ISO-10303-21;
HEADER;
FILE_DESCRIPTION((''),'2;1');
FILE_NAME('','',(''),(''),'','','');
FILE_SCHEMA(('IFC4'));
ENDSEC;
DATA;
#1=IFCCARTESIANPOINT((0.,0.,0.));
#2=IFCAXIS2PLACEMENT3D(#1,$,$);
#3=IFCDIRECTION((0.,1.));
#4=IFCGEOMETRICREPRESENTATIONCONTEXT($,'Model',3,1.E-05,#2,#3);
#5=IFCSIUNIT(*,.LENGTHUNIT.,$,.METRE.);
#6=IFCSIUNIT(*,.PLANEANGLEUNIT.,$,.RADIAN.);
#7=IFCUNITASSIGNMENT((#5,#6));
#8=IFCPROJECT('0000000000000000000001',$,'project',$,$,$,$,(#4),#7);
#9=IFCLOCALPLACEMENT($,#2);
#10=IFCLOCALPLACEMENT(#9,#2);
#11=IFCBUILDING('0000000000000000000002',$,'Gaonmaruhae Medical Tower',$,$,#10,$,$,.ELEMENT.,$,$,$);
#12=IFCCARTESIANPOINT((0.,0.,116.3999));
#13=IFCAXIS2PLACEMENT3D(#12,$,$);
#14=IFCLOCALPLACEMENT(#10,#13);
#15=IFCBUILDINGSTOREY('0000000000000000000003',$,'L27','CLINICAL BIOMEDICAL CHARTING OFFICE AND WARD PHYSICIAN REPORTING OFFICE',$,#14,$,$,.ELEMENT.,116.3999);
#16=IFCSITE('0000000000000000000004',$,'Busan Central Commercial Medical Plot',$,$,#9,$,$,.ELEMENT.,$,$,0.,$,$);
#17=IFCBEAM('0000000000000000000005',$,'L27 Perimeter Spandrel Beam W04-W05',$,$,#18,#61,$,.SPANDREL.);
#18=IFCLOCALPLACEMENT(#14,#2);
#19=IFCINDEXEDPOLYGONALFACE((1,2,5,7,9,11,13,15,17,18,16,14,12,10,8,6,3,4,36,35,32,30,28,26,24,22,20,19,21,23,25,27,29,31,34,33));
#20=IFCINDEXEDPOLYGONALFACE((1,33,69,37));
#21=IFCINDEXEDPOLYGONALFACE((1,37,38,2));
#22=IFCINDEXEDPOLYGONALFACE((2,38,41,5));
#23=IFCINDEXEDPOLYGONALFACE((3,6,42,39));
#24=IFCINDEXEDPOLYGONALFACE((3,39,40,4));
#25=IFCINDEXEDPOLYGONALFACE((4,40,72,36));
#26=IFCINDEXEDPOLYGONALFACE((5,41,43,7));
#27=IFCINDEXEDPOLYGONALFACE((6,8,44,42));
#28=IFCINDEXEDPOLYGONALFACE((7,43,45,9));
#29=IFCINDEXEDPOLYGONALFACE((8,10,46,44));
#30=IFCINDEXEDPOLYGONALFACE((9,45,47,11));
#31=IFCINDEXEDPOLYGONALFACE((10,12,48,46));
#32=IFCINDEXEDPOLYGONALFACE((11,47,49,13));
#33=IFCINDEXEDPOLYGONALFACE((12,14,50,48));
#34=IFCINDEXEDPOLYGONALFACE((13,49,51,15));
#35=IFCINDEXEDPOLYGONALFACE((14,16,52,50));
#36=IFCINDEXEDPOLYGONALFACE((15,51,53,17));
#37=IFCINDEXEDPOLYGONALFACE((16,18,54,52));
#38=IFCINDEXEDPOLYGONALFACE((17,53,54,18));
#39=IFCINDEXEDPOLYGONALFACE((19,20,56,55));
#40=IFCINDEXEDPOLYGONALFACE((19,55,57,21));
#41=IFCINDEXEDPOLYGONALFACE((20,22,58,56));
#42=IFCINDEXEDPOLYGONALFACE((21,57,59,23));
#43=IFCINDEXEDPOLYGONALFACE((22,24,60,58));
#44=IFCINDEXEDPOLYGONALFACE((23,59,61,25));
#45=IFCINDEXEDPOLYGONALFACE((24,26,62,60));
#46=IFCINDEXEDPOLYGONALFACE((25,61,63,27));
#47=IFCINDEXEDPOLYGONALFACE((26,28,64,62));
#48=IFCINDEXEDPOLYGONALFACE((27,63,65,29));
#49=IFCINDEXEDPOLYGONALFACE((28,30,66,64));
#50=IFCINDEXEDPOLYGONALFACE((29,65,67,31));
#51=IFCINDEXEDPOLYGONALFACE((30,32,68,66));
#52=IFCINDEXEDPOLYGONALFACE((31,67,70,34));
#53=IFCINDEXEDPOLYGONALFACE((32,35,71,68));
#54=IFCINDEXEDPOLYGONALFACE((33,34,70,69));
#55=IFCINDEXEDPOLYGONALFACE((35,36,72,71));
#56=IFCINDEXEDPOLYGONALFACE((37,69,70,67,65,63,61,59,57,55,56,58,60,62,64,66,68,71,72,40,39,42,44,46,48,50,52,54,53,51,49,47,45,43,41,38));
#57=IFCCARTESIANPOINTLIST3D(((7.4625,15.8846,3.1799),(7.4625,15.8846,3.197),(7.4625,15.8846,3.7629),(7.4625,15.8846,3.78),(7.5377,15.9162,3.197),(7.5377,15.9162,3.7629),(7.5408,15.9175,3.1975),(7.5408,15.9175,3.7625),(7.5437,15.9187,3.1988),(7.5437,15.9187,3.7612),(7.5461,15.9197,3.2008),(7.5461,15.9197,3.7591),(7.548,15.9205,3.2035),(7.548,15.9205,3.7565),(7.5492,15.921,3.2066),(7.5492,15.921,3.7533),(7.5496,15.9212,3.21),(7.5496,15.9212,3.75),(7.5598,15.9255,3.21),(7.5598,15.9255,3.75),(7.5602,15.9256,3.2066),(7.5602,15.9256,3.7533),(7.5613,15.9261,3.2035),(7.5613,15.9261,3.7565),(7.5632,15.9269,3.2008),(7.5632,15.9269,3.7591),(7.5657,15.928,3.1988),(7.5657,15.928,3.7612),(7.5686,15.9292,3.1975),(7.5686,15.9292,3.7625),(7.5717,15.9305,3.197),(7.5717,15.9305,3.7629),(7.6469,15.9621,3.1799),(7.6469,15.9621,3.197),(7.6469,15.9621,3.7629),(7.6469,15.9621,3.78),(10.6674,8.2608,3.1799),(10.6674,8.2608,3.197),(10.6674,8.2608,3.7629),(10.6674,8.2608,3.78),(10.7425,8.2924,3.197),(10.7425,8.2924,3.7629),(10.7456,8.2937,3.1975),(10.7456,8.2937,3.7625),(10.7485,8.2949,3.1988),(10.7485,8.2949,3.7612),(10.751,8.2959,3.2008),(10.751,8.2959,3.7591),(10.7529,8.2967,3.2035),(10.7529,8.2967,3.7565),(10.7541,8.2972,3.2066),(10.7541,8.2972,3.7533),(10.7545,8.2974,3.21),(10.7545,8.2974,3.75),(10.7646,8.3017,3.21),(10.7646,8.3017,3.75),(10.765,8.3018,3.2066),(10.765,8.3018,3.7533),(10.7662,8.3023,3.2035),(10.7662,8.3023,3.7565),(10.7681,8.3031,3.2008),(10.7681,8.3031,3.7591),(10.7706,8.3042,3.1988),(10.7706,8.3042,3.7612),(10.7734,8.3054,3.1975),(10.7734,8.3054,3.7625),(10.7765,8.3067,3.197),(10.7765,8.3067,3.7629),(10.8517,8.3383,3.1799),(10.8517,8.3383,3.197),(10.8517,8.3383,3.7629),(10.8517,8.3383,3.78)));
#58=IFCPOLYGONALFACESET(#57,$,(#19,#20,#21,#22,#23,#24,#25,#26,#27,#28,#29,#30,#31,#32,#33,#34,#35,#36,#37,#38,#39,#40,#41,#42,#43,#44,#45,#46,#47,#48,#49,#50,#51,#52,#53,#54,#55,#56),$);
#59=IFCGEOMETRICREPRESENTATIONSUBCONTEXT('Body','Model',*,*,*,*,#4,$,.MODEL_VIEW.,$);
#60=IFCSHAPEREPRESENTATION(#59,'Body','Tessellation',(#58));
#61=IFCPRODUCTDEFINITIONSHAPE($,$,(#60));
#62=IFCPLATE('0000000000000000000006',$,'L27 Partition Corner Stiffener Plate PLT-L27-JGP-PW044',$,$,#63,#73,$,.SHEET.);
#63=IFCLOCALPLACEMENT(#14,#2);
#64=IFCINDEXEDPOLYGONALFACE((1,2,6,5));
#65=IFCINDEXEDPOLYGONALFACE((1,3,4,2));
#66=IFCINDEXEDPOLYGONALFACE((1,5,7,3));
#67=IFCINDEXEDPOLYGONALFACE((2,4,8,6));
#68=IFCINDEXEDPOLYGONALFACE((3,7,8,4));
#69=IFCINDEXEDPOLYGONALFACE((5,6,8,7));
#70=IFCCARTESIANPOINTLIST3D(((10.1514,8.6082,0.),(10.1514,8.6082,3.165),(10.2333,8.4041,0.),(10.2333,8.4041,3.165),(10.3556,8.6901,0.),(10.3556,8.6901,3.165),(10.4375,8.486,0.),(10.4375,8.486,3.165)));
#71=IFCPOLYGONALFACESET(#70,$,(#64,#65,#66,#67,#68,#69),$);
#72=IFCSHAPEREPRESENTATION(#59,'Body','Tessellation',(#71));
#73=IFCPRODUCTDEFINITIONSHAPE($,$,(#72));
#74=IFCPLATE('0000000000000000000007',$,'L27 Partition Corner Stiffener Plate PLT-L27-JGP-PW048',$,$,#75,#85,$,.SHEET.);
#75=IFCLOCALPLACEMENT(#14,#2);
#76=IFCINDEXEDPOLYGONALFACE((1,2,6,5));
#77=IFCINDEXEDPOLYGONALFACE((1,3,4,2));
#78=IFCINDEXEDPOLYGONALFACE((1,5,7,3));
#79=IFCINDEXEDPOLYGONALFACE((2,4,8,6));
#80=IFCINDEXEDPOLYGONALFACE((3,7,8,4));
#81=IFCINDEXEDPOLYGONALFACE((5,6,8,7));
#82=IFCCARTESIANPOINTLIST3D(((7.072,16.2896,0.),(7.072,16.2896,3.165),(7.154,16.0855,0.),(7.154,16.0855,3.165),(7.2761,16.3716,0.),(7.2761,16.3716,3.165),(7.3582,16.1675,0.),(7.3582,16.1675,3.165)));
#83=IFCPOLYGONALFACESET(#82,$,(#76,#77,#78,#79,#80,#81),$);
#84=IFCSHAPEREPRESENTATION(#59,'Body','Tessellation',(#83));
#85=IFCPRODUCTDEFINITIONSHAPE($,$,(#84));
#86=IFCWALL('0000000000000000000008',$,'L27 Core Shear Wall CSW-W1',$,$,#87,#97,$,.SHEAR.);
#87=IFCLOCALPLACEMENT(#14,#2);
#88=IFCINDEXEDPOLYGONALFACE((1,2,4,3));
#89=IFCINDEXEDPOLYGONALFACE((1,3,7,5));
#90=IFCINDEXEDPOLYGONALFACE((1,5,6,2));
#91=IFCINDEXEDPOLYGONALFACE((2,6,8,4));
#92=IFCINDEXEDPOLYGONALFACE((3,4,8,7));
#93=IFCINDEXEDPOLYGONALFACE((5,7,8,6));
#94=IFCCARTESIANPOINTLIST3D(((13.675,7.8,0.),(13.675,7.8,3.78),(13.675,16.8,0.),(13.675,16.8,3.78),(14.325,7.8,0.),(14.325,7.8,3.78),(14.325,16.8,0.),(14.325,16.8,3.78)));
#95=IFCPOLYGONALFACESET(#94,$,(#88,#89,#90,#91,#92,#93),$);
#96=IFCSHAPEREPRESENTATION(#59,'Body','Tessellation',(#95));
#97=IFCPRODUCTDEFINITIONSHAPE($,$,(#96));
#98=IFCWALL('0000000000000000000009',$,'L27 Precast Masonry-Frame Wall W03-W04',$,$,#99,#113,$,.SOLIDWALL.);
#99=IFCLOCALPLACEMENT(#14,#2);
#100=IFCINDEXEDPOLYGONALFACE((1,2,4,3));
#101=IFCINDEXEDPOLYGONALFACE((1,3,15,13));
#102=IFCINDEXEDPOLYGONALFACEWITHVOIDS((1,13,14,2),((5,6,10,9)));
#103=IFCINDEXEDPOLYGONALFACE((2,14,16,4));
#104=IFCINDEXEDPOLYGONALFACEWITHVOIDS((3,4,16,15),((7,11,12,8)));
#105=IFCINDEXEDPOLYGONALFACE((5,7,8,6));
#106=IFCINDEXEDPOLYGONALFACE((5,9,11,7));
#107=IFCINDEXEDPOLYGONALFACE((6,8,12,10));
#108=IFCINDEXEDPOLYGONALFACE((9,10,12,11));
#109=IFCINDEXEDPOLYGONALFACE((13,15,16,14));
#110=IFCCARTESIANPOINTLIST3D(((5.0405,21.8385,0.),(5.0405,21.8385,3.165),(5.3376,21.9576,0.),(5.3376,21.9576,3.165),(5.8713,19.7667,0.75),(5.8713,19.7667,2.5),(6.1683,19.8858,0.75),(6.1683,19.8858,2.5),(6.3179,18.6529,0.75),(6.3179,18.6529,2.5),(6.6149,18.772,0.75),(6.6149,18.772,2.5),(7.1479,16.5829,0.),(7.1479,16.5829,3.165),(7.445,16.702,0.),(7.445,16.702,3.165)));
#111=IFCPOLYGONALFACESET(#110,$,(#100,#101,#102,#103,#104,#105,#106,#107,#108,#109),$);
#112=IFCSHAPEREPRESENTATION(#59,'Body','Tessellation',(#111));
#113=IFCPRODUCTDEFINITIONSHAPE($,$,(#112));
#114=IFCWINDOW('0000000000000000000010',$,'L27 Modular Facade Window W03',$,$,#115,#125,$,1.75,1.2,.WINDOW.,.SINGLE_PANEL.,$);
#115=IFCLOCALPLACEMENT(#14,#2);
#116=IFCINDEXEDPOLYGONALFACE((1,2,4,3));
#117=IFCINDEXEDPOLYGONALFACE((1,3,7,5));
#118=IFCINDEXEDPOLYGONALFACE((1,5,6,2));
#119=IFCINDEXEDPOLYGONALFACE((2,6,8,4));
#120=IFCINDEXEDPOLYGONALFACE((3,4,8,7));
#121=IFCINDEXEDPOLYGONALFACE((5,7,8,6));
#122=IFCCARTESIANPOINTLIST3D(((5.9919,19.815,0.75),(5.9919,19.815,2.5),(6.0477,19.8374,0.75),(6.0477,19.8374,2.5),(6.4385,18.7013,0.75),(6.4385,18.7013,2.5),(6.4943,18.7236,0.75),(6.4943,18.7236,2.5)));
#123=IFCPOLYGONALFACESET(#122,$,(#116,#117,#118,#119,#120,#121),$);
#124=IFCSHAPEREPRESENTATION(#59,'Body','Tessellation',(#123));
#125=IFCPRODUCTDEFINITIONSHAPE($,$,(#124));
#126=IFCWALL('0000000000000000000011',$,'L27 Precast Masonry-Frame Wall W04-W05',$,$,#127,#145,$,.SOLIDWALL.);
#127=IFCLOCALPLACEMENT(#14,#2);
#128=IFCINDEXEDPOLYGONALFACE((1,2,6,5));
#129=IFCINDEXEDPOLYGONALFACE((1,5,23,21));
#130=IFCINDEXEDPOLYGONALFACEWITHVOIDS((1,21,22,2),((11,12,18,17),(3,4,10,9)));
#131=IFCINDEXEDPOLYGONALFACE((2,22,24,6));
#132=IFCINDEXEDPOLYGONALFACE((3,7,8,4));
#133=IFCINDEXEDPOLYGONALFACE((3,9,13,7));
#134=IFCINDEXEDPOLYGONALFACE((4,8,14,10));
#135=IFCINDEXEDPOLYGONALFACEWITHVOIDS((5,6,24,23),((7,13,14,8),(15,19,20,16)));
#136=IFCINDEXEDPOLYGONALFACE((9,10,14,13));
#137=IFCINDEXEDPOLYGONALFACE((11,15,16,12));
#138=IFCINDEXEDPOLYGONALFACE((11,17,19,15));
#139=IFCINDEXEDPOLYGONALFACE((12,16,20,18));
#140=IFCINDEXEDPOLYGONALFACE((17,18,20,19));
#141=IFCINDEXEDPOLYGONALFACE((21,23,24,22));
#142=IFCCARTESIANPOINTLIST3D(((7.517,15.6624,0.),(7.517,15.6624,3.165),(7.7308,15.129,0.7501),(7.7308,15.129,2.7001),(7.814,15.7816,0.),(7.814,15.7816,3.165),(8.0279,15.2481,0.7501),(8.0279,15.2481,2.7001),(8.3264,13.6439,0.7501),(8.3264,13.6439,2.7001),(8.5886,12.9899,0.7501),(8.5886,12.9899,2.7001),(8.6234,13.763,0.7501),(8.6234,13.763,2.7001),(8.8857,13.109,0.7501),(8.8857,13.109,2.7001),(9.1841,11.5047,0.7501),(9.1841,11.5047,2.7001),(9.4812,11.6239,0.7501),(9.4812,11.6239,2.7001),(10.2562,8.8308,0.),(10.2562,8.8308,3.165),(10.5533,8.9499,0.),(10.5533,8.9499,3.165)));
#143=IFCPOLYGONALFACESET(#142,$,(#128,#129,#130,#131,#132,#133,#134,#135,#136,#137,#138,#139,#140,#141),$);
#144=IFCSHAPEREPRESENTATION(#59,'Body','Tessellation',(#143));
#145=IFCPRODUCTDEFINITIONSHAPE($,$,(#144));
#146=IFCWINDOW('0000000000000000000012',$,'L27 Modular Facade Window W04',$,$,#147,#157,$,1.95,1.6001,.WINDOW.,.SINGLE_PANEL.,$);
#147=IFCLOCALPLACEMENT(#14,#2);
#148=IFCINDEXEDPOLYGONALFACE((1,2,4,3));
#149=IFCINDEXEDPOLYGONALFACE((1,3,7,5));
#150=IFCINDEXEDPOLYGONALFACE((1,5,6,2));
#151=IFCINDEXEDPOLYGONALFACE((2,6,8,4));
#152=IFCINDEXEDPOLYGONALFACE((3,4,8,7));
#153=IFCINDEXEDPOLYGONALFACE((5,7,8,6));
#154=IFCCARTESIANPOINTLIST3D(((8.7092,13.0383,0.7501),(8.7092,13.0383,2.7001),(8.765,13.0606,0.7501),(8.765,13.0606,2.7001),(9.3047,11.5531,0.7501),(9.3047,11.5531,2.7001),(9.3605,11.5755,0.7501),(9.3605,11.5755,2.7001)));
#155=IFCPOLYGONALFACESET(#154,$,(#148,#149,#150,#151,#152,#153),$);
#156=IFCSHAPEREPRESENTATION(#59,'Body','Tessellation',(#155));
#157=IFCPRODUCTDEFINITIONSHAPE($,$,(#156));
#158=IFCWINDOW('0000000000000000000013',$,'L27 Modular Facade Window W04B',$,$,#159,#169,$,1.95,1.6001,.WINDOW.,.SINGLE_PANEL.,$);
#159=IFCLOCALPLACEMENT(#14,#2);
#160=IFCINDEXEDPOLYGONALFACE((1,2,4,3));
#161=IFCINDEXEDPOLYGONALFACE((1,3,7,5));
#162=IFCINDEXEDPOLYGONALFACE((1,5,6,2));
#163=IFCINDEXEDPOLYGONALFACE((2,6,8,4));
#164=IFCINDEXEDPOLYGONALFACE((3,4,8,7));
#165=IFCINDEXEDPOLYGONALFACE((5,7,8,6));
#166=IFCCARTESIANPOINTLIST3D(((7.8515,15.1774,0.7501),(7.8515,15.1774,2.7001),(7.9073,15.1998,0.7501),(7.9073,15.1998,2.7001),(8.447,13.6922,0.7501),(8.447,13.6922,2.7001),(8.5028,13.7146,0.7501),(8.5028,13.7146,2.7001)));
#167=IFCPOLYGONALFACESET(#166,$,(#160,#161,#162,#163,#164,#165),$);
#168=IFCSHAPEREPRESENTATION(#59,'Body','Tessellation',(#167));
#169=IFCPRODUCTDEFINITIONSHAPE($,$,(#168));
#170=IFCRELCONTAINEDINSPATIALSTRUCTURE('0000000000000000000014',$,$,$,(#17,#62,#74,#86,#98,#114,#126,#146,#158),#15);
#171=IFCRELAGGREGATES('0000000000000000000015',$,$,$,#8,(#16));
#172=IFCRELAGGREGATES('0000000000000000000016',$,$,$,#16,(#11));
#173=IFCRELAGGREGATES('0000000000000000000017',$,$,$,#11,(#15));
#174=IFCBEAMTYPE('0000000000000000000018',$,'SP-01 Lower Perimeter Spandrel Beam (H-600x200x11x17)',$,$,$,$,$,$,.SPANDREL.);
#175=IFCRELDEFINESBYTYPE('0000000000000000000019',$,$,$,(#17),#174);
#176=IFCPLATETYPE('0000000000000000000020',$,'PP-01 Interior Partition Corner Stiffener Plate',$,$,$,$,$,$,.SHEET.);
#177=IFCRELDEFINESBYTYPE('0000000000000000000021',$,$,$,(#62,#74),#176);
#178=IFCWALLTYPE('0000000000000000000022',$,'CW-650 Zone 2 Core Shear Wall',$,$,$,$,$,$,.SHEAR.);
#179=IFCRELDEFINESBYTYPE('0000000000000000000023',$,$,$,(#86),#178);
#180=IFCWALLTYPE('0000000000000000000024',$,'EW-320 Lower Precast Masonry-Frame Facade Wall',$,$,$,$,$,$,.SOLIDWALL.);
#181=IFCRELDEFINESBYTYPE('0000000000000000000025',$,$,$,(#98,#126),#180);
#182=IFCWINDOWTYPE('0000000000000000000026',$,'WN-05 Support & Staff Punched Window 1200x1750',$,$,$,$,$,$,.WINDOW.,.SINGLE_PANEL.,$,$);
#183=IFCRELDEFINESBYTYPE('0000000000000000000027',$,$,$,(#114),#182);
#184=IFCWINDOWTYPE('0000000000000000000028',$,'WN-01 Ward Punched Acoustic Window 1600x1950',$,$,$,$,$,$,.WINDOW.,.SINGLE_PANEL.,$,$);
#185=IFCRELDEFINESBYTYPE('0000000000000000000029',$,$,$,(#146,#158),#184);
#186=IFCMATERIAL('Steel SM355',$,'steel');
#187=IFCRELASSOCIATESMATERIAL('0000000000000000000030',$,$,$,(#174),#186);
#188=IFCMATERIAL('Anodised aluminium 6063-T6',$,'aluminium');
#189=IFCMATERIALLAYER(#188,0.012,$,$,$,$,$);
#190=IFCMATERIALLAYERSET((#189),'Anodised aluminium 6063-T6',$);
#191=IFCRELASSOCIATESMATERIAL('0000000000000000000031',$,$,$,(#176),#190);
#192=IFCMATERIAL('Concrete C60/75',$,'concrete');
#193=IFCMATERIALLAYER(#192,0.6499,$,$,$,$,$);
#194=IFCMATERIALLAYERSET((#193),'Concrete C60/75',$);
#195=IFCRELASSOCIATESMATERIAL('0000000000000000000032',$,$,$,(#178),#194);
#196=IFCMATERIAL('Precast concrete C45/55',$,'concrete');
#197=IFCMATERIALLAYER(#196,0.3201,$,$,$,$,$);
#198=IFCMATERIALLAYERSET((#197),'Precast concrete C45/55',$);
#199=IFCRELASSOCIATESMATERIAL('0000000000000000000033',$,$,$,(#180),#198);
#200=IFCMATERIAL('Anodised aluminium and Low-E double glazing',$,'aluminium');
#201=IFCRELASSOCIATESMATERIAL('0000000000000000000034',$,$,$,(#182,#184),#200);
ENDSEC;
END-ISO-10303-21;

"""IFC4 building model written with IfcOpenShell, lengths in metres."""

from ifc_helpers import new_model, si_unit, direction, frame, frame_2d, origin, origin_2d, place, context, subcontext, project, spatial, rectangle, i_section, extrude, material, layer, layer_set, material_profile, profile_set, type_object, element, fill, save


model = new_model("IFC4")

# Units and contexts
model_context = context("Model", 3, precision=1e-05, world=origin(), true_north=direction((0.0, 1.0)))
body_context = subcontext(model_context, "Body", "Model", "MODEL_VIEW")
ifc_project = project(units=[si_unit("LENGTHUNIT", "METRE"), si_unit("PLANEANGLEUNIT", "RADIAN")], contexts=[model_context])

# Site, building, storey
site_placement = place(None, origin())
site = spatial("IfcSite", under=ifc_project, at=site_placement, Name="Busan Central Commercial Medical Plot", CompositionType="ELEMENT", RefElevation=0.0)
building_placement = place(site_placement, origin())
building = spatial("IfcBuilding", under=site, at=building_placement, Name="Gaonmaruhae Medical Tower", CompositionType="ELEMENT")
storey_placement = place(building_placement, frame((0.0, 0.0, 116.3999)))
storey = spatial("IfcBuildingStorey", under=building, at=storey_placement, Name="L27", Description="CLINICAL BIOMEDICAL CHARTING OFFICE AND WARD PHYSICIAN REPORTING OFFICE", CompositionType="ELEMENT", Elevation=116.3999)

# Shared definitions
ifc_material_1 = material(Name="Concrete C60/75", Category="concrete")

# Beam
ifc_material_2 = material(Name="Steel SM355", Category="steel")
ifc_material_profile_1 = material_profile(ifc_material_2, i_section(OverallWidth=0.2, OverallDepth=0.6001, WebThickness=0.011, FlangeThickness=0.0171, FilletRadius=0.0129, at=origin_2d()), Name="H-600x200x11x17")
ifc_profile_set_1 = profile_set([ifc_material_profile_1], Name="Steel SM355")
beam_type_1 = type_object("IfcBeamType", Name="SP-01 Lower Perimeter Spandrel Beam (H-600x200x11x17)", PredefinedType="SPANDREL", material=ifc_profile_set_1)
beam_1_placement = place(storey_placement, frame((7.5547, 15.9233, 3.48), z_axis=(0.387525, -0.921859, 0.0), x_axis=(0.921859, 0.387525, 0.0)))
element("IfcBeam", 1, at=beam_1_placement, inside=storey, type_object=beam_type_1, Name="L27 Perimeter Spandrel Beam W04-W05", PredefinedType="SPANDREL", context=body_context, shape_type="SweptSolid", body=[
    extrude(i_section(OverallWidth=0.2, OverallDepth=0.6001, WebThickness=0.011, FlangeThickness=0.0171, FilletRadius=0.0129, at=origin_2d()), origin(), (0.0, 0.0, 1.0), 8.27),
])

# Plates
ifc_material_3 = material(Name="Anodised aluminium 6063-T6", Category="aluminium")
ifc_layer_1 = layer(ifc_material_3, 0.012)
ifc_layer_set_1 = layer_set([ifc_layer_1], Name="Anodised aluminium 6063-T6")
plate_type = type_object("IfcPlateType", Name="PP-01 Interior Partition Corner Stiffener Plate", PredefinedType="SHEET", material=ifc_layer_set_1)
for number, where, z_axis, x_axis, name in (
    (2, (10.2944, 8.5471, 0.0), (0.0, 0.0, 1.0), (-0.372324, 0.928103, 0.0), "L27 Partition Corner Stiffener Plate PLT-L27-JGP-PW044"),
    (3, (7.2151, 16.2285, 0.0), (0.0, 0.0, 1.0), (-0.372858, 0.927888, 0.0), "L27 Partition Corner Stiffener Plate PLT-L27-JGP-PW048"),
):
    element("IfcPlate", number, at=place(storey_placement, frame(where, z_axis=z_axis, x_axis=x_axis)), inside=storey, type_object=plate_type, Name=name, PredefinedType="SHEET", context=body_context, shape_type="SweptSolid", body=[
        extrude(rectangle(XDim=0.22, YDim=0.22, at=origin_2d()), origin(), (0.0, 0.0, 1.0), 3.165),
    ])

# Wall
ifc_layer_2 = layer(ifc_material_1, 0.6499)
ifc_layer_set_2 = layer_set([ifc_layer_2], Name="Concrete C60/75")
wall_type_1 = type_object("IfcWallType", Name="CW-650 Zone 2 Core Shear Wall", PredefinedType="SHEAR", material=ifc_layer_set_2)
wall_1_placement = place(storey_placement, frame((14.0, 16.8, 0.0), z_axis=(0.0, 0.0, 1.0), x_axis=(0.0, -1.0, 0.0)))
element("IfcWall", 4, at=wall_1_placement, inside=storey, type_object=wall_type_1, Name="L27 Core Shear Wall CSW-W1", PredefinedType="SHEAR", context=body_context, shape_type="SweptSolid", body=[
    extrude(rectangle(XDim=9.0, YDim=0.6499, at=frame_2d((4.5, 0.0))), origin(), (0.0, 0.0, 1.0), 3.78),
])

# Wall, opening, window
ifc_material_4 = material(Name="Precast concrete C45/55", Category="concrete")
ifc_layer_3 = layer(ifc_material_4, 0.3201)
ifc_layer_set_3 = layer_set([ifc_layer_3], Name="Precast concrete C45/55")
wall_type_2 = type_object("IfcWallType", Name="EW-320 Lower Precast Masonry-Frame Facade Wall", PredefinedType="SOLIDWALL", material=ifc_layer_set_3)
wall_2_placement = place(storey_placement, frame((7.2964, 16.6426, 0.0), z_axis=(0.0, 0.0, 1.0), x_axis=(-0.372179, 0.928161, 0.0)))
wall_2 = element("IfcWall", 5, at=wall_2_placement, inside=storey, type_object=wall_type_2, Name="L27 Precast Masonry-Frame Wall W03-W04", PredefinedType="SOLIDWALL", context=body_context, shape_type="SweptSolid", body=[
    extrude(rectangle(XDim=5.6624, YDim=0.3201, at=frame_2d((2.8311, 0.0))), origin(), (0.0, 0.0, 1.0), 3.165),
])
opening_1_placement = place(wall_2_placement, frame((2.23, 0.0, 0.75)))
opening_1 = element("IfcOpeningElement", 6, at=opening_1_placement, cuts=wall_2, PredefinedType="OPENING", context=body_context, shape_type="SweptSolid", body=[
    extrude(rectangle(XDim=1.2, YDim=1.75, at=frame_2d((0.6001, 0.875))), frame((0.0, 0.1699, 0.0), z_axis=(0.0, -1.0, 0.0), x_axis=(1.0, 0.0, 0.0)), (0.0, 0.0, 1.0), 0.3401),
])
ifc_material_5 = material(Name="Anodised aluminium and Low-E double glazing", Category="aluminium")
window_type_1 = type_object("IfcWindowType", Name="WN-05 Support & Staff Punched Window 1200x1750", PartitioningType="SINGLE_PANEL", PredefinedType="WINDOW", material=ifc_material_5)
window_1_placement = place(opening_1_placement, origin())
window_1 = element("IfcWindow", 7, at=window_1_placement, inside=storey, type_object=window_type_1, Name="L27 Modular Facade Window W03", OverallHeight=1.75, OverallWidth=1.2, PartitioningType="SINGLE_PANEL", PredefinedType="WINDOW", context=body_context, shape_type="SweptSolid", body=[
    extrude(rectangle(XDim=1.2, YDim=1.75, at=frame_2d((0.6001, 0.875))), frame((0.0, 0.03, 0.0), z_axis=(0.0, -1.0, 0.0), x_axis=(1.0, 0.0, 0.0)), (0.0, 0.0, 1.0), 0.0601),
])
fill(opening_1, window_1)

# Wall, openings, windows
wall_3_placement = place(storey_placement, frame((10.4048, 8.8904, 0.0), z_axis=(0.0, 0.0, 1.0), x_axis=(-0.372168, 0.928165, 0.0)))
wall_3 = element("IfcWall", 8, at=wall_3_placement, inside=storey, type_object=wall_type_2, Name="L27 Precast Masonry-Frame Wall W04-W05", PredefinedType="SOLIDWALL", context=body_context, shape_type="SweptSolid", body=[
    extrude(rectangle(XDim=7.3604, YDim=0.3201, at=frame_2d((3.6802, 0.0))), origin(), (0.0, 0.0, 1.0), 3.165),
])
opening_2_placement = place(wall_3_placement, frame((2.8809, 0.0, 0.75)))
opening_2 = element("IfcOpeningElement", 9, at=opening_2_placement, cuts=wall_3, PredefinedType="OPENING", context=body_context, shape_type="SweptSolid", body=[
    extrude(rectangle(XDim=1.6001, YDim=1.95, at=frame_2d((0.8, 0.9751))), frame((0.0, 0.1699, 0.0), z_axis=(0.0, -1.0, 0.0), x_axis=(1.0, 0.0, 0.0)), (0.0, 0.0, 1.0), 0.3401),
])
opening_3_placement = place(wall_3_placement, frame((5.1855, 0.0, 0.75)))
opening_3 = element("IfcOpeningElement", 10, at=opening_3_placement, cuts=wall_3, PredefinedType="OPENING", context=body_context, shape_type="SweptSolid", body=[
    extrude(rectangle(XDim=1.6001, YDim=1.95, at=frame_2d((0.8, 0.9751))), frame((0.0, 0.1699, 0.0), z_axis=(0.0, -1.0, 0.0), x_axis=(1.0, 0.0, 0.0)), (0.0, 0.0, 1.0), 0.3401),
])
window_type_2 = type_object("IfcWindowType", Name="WN-01 Ward Punched Acoustic Window 1600x1950", PartitioningType="SINGLE_PANEL", PredefinedType="WINDOW", material=ifc_material_5)
window_2_placement = place(opening_2_placement, origin())
window_2 = element("IfcWindow", 11, at=window_2_placement, inside=storey, type_object=window_type_2, Name="L27 Modular Facade Window W04", OverallHeight=1.95, OverallWidth=1.6001, PartitioningType="SINGLE_PANEL", PredefinedType="WINDOW", context=body_context, shape_type="SweptSolid", body=[
    extrude(rectangle(XDim=1.6001, YDim=1.95, at=frame_2d((0.8, 0.9751))), frame((0.0, 0.03, 0.0), z_axis=(0.0, -1.0, 0.0), x_axis=(1.0, 0.0, 0.0)), (0.0, 0.0, 1.0), 0.0601),
])
fill(opening_2, window_2)
window_3_placement = place(opening_3_placement, origin())
window_3 = element("IfcWindow", 12, at=window_3_placement, inside=storey, type_object=window_type_2, Name="L27 Modular Facade Window W04B", OverallHeight=1.95, OverallWidth=1.6001, PartitioningType="SINGLE_PANEL", PredefinedType="WINDOW", context=body_context, shape_type="SweptSolid", body=[
    extrude(rectangle(XDim=1.6001, YDim=1.95, at=frame_2d((0.8, 0.9751))), frame((0.0, 0.03, 0.0), z_axis=(0.0, -1.0, 0.0), x_axis=(1.0, 0.0, 0.0)), (0.0, 0.0, 1.0), 0.0601),
])
fill(opening_3, window_3)

save(model, "model.ifc")
